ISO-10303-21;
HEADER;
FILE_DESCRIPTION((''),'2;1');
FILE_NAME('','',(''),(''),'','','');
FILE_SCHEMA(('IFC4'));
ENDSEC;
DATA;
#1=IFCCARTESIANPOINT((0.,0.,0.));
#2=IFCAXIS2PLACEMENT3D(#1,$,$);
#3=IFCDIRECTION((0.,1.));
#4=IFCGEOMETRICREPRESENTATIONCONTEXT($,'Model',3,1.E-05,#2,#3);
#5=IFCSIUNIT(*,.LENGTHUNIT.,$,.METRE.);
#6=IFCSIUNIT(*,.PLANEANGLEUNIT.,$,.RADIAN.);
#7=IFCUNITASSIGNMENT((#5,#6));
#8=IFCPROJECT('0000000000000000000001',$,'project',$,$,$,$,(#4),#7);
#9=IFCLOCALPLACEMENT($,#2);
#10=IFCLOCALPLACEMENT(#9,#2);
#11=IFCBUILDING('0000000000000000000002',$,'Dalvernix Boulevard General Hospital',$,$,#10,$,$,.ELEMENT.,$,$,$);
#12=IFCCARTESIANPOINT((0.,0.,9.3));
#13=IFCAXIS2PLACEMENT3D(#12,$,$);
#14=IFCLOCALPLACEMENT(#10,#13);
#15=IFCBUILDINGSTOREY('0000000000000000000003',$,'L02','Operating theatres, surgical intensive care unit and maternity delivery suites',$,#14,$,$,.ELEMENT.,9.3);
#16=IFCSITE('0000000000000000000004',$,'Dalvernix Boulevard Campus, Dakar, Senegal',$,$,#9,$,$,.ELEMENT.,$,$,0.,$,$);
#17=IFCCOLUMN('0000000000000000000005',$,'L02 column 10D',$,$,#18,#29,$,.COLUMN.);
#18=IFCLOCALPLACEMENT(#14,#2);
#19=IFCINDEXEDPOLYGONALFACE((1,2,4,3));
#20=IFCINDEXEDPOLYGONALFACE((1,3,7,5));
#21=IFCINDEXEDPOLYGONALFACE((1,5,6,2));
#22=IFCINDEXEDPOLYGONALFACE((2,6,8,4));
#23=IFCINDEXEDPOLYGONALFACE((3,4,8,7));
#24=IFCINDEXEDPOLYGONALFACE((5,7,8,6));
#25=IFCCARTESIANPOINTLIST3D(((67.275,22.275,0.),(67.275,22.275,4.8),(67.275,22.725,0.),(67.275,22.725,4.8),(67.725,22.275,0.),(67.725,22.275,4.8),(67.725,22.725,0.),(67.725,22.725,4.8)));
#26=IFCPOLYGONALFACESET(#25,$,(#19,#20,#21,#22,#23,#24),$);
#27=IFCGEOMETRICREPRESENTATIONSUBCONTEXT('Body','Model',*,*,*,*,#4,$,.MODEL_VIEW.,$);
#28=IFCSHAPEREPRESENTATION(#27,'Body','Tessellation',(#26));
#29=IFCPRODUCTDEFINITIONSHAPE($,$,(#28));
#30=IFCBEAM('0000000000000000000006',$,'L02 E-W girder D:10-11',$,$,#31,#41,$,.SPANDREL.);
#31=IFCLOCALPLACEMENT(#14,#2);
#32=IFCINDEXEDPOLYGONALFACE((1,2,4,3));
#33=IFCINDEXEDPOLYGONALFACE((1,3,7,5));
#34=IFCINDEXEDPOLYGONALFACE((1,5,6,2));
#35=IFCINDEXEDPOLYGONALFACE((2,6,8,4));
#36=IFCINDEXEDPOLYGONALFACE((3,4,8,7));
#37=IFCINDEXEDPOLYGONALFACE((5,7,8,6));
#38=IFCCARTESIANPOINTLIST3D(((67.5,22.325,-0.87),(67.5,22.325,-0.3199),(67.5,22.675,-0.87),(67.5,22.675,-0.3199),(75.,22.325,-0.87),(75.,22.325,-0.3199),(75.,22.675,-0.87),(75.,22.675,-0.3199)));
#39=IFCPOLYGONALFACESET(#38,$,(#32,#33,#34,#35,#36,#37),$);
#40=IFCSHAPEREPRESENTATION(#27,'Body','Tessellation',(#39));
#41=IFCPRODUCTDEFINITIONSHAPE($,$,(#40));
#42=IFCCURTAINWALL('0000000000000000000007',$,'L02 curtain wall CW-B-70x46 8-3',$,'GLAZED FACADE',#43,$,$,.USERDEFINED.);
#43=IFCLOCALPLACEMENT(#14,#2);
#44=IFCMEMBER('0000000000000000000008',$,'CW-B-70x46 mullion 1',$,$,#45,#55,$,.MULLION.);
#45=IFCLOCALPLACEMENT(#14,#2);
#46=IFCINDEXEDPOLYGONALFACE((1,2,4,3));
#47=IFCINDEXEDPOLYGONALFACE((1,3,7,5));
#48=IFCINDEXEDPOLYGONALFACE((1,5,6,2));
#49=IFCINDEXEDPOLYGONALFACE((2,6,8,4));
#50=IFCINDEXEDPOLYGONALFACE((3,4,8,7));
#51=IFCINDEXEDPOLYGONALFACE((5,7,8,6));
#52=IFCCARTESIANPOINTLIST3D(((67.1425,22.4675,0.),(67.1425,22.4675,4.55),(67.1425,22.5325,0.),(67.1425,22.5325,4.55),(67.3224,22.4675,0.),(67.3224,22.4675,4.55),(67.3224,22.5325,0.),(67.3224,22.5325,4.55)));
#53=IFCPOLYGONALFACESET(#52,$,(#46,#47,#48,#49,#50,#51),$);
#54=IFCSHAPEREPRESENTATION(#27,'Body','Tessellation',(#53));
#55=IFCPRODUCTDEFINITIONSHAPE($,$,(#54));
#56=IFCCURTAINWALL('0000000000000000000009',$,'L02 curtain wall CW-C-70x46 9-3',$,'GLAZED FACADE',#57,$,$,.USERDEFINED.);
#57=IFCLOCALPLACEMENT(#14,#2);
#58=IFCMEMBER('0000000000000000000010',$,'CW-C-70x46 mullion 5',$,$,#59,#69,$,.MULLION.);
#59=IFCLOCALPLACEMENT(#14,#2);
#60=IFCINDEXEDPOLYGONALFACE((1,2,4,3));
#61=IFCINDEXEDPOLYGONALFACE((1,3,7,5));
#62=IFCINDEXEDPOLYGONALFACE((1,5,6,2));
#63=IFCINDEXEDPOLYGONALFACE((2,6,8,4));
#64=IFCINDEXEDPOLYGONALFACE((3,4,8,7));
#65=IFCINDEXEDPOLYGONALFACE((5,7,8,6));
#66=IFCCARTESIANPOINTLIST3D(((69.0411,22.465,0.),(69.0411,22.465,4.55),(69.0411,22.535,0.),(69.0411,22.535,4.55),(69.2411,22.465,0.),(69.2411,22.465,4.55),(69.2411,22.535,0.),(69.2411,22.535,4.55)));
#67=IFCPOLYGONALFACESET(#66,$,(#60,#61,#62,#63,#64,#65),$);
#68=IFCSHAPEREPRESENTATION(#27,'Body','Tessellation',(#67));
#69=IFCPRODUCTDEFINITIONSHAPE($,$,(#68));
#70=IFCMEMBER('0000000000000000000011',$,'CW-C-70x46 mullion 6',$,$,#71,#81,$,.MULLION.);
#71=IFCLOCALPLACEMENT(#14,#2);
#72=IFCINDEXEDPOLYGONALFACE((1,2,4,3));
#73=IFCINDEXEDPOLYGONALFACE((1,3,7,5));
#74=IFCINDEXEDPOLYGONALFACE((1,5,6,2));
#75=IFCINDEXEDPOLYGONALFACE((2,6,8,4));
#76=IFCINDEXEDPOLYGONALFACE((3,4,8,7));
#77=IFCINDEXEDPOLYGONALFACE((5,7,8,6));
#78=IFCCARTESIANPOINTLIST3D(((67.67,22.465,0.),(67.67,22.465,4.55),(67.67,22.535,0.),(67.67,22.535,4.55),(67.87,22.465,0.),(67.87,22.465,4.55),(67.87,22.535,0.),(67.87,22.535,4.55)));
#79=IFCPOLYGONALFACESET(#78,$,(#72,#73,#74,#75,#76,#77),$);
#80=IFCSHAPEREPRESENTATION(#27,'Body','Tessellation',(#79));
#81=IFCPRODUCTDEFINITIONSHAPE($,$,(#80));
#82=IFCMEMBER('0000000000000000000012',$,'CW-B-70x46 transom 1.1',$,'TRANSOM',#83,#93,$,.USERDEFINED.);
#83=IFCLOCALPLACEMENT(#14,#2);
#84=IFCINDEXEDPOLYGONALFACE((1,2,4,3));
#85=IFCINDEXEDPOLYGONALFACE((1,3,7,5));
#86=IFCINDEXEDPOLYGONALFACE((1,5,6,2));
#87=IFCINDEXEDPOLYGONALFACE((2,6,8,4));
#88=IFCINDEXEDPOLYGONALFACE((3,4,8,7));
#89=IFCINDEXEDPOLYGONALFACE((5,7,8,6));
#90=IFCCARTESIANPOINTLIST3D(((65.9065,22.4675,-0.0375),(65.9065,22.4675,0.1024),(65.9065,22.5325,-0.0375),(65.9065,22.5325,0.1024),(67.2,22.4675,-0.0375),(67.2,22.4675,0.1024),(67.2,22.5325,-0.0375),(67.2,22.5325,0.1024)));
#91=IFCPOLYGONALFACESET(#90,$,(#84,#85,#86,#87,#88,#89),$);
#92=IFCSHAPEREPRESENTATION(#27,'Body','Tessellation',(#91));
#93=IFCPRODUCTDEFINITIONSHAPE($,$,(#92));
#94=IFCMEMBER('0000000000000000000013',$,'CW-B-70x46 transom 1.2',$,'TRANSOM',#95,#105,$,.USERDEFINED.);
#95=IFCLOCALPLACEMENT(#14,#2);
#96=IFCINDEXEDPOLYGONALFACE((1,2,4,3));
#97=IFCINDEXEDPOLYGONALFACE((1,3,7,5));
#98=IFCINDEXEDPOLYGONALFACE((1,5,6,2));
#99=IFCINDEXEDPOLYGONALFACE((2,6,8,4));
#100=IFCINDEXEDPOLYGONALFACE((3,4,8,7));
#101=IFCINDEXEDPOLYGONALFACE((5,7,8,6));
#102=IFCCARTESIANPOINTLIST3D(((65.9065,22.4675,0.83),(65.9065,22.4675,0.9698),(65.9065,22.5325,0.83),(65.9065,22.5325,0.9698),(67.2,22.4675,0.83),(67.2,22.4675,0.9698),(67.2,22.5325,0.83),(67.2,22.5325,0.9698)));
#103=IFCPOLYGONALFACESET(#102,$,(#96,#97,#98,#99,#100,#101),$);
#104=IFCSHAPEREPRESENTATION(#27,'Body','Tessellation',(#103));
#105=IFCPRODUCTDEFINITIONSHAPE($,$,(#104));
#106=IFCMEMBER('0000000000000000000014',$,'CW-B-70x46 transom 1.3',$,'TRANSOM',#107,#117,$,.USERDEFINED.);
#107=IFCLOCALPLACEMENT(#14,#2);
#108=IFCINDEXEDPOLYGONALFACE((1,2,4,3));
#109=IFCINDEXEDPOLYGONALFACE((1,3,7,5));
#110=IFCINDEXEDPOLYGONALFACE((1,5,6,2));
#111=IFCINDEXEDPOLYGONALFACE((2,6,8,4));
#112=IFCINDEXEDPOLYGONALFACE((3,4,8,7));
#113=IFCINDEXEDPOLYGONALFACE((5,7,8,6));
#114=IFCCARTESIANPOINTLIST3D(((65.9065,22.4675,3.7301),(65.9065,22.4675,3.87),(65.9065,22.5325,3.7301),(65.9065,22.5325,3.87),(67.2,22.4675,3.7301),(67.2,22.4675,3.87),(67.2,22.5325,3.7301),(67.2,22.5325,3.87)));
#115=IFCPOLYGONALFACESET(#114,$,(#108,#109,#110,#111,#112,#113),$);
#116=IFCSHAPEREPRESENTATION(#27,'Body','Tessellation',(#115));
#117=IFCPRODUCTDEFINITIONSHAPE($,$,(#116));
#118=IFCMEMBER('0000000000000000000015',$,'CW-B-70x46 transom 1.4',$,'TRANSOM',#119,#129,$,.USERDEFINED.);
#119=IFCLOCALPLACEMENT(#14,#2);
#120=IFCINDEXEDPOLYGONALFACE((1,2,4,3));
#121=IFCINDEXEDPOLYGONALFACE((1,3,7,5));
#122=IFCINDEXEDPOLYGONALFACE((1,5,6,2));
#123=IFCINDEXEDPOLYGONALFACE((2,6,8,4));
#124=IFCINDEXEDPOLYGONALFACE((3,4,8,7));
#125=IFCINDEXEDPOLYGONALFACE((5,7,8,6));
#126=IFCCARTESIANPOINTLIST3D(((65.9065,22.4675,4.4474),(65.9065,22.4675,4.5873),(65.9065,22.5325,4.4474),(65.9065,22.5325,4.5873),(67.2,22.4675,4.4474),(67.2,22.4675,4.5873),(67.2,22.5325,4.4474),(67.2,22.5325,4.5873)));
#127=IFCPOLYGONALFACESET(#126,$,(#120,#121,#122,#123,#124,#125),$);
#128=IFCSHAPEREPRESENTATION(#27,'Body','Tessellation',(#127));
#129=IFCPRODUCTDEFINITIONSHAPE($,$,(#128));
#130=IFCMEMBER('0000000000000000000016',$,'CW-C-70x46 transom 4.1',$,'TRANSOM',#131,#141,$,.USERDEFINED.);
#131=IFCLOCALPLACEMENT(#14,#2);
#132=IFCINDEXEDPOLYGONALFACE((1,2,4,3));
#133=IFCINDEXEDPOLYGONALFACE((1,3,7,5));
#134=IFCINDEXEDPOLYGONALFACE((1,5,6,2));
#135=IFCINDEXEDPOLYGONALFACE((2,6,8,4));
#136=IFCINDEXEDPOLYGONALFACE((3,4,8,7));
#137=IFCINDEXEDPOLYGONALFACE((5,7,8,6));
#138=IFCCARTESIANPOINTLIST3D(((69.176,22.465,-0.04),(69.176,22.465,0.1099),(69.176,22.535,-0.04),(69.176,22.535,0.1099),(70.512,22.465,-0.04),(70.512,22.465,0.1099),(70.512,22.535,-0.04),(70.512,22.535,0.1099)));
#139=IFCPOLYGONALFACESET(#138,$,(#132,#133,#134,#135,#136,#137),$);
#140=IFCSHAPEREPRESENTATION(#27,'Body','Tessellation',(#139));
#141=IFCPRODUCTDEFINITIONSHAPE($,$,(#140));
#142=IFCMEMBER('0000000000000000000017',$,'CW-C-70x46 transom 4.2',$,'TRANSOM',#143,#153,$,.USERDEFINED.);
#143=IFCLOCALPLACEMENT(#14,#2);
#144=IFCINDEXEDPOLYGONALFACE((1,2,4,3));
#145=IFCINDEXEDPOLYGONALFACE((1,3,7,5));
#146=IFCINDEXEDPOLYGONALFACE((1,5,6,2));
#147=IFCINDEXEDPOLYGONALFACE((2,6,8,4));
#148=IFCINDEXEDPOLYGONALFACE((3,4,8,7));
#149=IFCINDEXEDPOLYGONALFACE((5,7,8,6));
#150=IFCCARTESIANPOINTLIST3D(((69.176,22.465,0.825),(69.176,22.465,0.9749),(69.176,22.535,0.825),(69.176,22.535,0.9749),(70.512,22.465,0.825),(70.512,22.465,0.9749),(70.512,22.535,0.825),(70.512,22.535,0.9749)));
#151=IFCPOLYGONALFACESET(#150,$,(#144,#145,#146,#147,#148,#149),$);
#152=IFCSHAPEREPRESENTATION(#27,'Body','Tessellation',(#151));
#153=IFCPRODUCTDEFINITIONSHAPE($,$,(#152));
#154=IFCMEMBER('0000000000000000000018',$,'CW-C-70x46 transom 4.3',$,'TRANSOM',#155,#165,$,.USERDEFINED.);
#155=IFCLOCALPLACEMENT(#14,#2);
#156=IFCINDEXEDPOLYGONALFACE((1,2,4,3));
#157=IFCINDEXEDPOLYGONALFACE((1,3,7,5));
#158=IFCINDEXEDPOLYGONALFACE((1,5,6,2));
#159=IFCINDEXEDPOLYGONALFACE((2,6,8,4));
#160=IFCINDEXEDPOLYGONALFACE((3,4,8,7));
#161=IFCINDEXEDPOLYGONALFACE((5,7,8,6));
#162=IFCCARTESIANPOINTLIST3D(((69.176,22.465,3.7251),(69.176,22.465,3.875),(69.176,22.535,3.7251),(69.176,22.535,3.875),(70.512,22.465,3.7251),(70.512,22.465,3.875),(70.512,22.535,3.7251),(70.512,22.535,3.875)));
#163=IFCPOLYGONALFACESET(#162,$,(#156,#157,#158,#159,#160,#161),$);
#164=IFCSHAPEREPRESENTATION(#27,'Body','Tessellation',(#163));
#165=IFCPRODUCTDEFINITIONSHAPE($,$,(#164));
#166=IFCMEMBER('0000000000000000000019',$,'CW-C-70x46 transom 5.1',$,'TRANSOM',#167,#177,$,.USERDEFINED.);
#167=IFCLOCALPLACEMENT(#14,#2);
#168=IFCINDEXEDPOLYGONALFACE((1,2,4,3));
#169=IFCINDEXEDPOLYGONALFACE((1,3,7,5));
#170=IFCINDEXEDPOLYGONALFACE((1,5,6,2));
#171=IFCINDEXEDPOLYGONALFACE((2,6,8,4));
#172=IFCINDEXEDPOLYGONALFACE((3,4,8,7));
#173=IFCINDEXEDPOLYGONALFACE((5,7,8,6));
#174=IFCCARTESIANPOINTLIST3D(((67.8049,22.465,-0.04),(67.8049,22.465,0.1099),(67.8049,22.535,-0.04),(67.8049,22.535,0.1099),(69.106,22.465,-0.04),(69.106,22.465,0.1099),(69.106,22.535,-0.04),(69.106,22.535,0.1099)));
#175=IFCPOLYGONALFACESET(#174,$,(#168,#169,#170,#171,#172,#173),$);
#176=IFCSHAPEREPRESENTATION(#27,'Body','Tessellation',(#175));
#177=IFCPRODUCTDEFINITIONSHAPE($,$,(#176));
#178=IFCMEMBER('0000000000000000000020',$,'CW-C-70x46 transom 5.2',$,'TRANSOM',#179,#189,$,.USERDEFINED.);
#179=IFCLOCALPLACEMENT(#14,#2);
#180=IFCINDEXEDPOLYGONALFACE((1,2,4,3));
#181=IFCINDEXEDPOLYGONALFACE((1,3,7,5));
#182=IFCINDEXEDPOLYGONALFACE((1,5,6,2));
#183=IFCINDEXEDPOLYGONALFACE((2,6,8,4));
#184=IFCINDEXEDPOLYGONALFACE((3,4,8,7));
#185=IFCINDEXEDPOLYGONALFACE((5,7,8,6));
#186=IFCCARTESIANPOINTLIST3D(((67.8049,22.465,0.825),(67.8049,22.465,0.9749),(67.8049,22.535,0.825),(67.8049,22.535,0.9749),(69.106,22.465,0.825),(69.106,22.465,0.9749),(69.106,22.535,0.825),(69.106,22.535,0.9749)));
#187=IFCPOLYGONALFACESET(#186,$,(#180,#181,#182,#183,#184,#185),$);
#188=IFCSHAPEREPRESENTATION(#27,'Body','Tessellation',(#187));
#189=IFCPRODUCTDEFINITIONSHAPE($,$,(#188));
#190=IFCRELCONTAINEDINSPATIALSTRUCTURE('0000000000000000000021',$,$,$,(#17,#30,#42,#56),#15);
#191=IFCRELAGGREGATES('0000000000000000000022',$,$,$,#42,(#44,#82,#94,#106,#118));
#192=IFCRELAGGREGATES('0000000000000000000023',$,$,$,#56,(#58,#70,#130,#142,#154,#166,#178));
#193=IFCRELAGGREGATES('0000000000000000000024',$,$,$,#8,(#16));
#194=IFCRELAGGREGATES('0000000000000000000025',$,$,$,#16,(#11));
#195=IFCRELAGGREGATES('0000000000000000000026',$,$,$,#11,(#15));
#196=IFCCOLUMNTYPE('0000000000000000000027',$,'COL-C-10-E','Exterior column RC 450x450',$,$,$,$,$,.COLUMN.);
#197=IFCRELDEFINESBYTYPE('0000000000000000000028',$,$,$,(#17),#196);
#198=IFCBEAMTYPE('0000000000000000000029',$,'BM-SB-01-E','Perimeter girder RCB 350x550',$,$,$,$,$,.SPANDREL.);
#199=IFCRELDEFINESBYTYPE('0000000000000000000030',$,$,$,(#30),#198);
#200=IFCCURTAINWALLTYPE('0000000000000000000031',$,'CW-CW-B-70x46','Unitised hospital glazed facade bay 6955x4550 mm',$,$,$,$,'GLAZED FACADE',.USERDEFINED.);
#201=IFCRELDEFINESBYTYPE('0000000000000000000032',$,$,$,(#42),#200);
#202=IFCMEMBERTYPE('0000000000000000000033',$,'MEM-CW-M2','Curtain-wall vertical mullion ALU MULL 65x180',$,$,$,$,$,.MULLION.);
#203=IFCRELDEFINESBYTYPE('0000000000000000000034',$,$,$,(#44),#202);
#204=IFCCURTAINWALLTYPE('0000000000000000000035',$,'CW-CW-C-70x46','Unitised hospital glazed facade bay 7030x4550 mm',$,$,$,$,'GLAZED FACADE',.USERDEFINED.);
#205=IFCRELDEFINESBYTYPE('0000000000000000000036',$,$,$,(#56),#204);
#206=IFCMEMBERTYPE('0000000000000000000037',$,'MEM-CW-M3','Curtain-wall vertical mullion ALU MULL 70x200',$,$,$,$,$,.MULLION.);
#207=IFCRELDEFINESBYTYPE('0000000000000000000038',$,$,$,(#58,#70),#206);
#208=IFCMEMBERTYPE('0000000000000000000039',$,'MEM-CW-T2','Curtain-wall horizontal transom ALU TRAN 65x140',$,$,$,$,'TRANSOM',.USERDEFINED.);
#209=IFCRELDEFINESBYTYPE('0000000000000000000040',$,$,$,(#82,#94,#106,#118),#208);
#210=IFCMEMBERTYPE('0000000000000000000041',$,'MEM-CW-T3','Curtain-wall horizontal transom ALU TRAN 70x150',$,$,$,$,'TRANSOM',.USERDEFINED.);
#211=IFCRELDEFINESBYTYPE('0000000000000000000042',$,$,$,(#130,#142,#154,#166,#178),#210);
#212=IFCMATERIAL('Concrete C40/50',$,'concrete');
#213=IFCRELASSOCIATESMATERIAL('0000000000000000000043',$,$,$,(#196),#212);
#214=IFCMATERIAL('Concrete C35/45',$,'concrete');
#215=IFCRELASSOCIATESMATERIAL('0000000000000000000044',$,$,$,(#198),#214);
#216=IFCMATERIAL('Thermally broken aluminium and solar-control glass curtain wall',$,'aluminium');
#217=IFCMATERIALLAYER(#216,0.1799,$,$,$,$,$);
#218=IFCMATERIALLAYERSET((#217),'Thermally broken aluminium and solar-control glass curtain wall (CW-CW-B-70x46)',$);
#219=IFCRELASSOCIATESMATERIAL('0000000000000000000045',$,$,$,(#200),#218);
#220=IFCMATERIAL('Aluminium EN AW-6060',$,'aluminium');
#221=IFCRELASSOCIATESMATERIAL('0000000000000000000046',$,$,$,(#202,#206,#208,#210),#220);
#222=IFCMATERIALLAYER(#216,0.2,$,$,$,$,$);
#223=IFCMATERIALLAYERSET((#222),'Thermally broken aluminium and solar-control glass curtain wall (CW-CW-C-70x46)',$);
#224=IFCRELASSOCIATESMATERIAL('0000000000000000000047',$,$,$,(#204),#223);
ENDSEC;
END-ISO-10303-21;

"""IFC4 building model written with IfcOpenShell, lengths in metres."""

from ifc_helpers import new_model, si_unit, direction, frame, origin, origin_2d, place, context, subcontext, project, spatial, rectangle, extrude, material, layer, layer_set, material_profile, profile_set, type_object, element, aggregate, save


model = new_model("IFC4")

# Units and contexts
model_context = context("Model", 3, precision=1e-05, world=origin(), true_north=direction((0.0, 1.0)))
body_context = subcontext(model_context, "Body", "Model", "MODEL_VIEW")
ifc_project = project(units=[si_unit("LENGTHUNIT", "METRE"), si_unit("PLANEANGLEUNIT", "RADIAN")], contexts=[model_context])

# Site, building, storey
site_placement = place(None, origin())
site = spatial("IfcSite", under=ifc_project, at=site_placement, Name="Dalvernix Boulevard Campus, Dakar, Senegal", CompositionType="ELEMENT", RefElevation=0.0)
building_placement = place(site_placement, origin())
building = spatial("IfcBuilding", under=site, at=building_placement, Name="Dalvernix Boulevard General Hospital", CompositionType="ELEMENT")
storey_placement = place(building_placement, frame((0.0, 0.0, 9.3)))
storey = spatial("IfcBuildingStorey", under=building, at=storey_placement, Name="L02", Description="Operating theatres, surgical intensive care unit and maternity delivery suites", CompositionType="ELEMENT", Elevation=9.3)

# Column
ifc_material_1 = material(Name="Concrete C40/50", Category="concrete")
ifc_material_profile_1 = material_profile(ifc_material_1, rectangle(XDim=0.45, YDim=0.45, at=origin_2d()), Name="RC 450x450")
ifc_profile_set_1 = profile_set([ifc_material_profile_1], Name="Concrete C40/50")
column_type = type_object("IfcColumnType", Name="COL-C-10-E", Description="Exterior column RC 450x450", PredefinedType="COLUMN", material=ifc_profile_set_1)
column_placement = place(storey_placement, frame((67.5, 22.5, 0.0), z_axis=(0.0, 0.0, 1.0), x_axis=(1.0, 0.0, 0.0)))
element("IfcColumn", 1, at=column_placement, inside=storey, type_object=column_type, Name="L02 column 10D", PredefinedType="COLUMN", context=body_context, shape_type="SweptSolid", body=[
    extrude(rectangle(XDim=0.45, YDim=0.45, at=origin_2d()), origin(), (0.0, 0.0, 1.0), 4.8),
])

# Beam
ifc_material_2 = material(Name="Concrete C35/45", Category="concrete")
ifc_material_profile_2 = material_profile(ifc_material_2, rectangle(XDim=0.3501, YDim=0.55, at=origin_2d()), Name="RCB 350x550")
ifc_profile_set_2 = profile_set([ifc_material_profile_2], Name="Concrete C35/45")
beam_type = type_object("IfcBeamType", Name="BM-SB-01-E", Description="Perimeter girder RCB 350x550", PredefinedType="SPANDREL", material=ifc_profile_set_2)
beam_placement = place(storey_placement, frame((67.5, 22.5, -0.595), z_axis=(1.0, 0.0, 0.0), x_axis=(0.0, 1.0, 0.0)))
element("IfcBeam", 2, at=beam_placement, inside=storey, type_object=beam_type, Name="L02 E-W girder D:10-11", PredefinedType="SPANDREL", context=body_context, shape_type="SweptSolid", body=[
    extrude(rectangle(XDim=0.3501, YDim=0.55, at=origin_2d()), origin(), (0.0, 0.0, 1.0), 7.5),
])

# Curtain wall, member
ifc_material_3 = material(Name="Thermally broken aluminium and solar-control glass curtain wall", Category="aluminium")
ifc_layer_1 = layer(ifc_material_3, 0.1799)
ifc_layer_set_1 = layer_set([ifc_layer_1], Name="Thermally broken aluminium and solar-control glass curtain wall (CW-CW-B-70x46)")
curtain_wall_type_1 = type_object("IfcCurtainWallType", Name="CW-CW-B-70x46", Description="Unitised hospital glazed facade bay 6955x4550 mm", ElementType="GLAZED FACADE", PredefinedType="USERDEFINED", material=ifc_layer_set_1)
curtain_wall_1_placement = place(storey_placement, origin())
curtain_wall_1 = element("IfcCurtainWall", 3, at=curtain_wall_1_placement, inside=storey, type_object=curtain_wall_type_1, Name="L02 curtain wall CW-B-70x46 8-3", ObjectType="GLAZED FACADE", PredefinedType="USERDEFINED")
ifc_material_4 = material(Name="Aluminium EN AW-6060", Category="aluminium")
ifc_material_profile_3 = material_profile(ifc_material_4, rectangle(XDim=0.0649, YDim=0.1799, at=origin_2d()), Name="ALU MULL 65x180")
ifc_profile_set_3 = profile_set([ifc_material_profile_3], Name="Aluminium EN AW-6060")
member_type_1 = type_object("IfcMemberType", Name="MEM-CW-M2", Description="Curtain-wall vertical mullion ALU MULL 65x180", PredefinedType="MULLION", material=ifc_profile_set_3)
member_1_placement = place(storey_placement, frame((67.2324, 22.5, 0.0), z_axis=(0.0, 0.0, 1.0), x_axis=(0.0, -1.0, 0.0)))
member_1 = element("IfcMember", 4, at=member_1_placement, type_object=member_type_1, Name="CW-B-70x46 mullion 1", PredefinedType="MULLION", context=body_context, shape_type="SweptSolid", body=[
    extrude(rectangle(XDim=0.0649, YDim=0.1799, at=origin_2d()), origin(), (0.0, 0.0, 1.0), 4.55),
])

# Curtain wall, members
ifc_layer_2 = layer(ifc_material_3, 0.2)
ifc_layer_set_2 = layer_set([ifc_layer_2], Name="Thermally broken aluminium and solar-control glass curtain wall (CW-CW-C-70x46)")
curtain_wall_type_2 = type_object("IfcCurtainWallType", Name="CW-CW-C-70x46", Description="Unitised hospital glazed facade bay 7030x4550 mm", ElementType="GLAZED FACADE", PredefinedType="USERDEFINED", material=ifc_layer_set_2)
curtain_wall_2_placement = place(storey_placement, origin())
curtain_wall_2 = element("IfcCurtainWall", 5, at=curtain_wall_2_placement, inside=storey, type_object=curtain_wall_type_2, Name="L02 curtain wall CW-C-70x46 9-3", ObjectType="GLAZED FACADE", PredefinedType="USERDEFINED")
ifc_material_profile_4 = material_profile(ifc_material_4, rectangle(XDim=0.0701, YDim=0.2, at=origin_2d()), Name="ALU MULL 70x200")
ifc_profile_set_4 = profile_set([ifc_material_profile_4], Name="Aluminium EN AW-6060")
member_type_2 = type_object("IfcMemberType", Name="MEM-CW-M3", Description="Curtain-wall vertical mullion ALU MULL 70x200", PredefinedType="MULLION", material=ifc_profile_set_4)
member_2_placement = place(storey_placement, frame((69.1411, 22.5, 0.0), z_axis=(0.0, 0.0, 1.0), x_axis=(0.0, -1.0, 0.0)))
member_2 = element("IfcMember", 6, at=member_2_placement, type_object=member_type_2, Name="CW-C-70x46 mullion 5", PredefinedType="MULLION", context=body_context, shape_type="SweptSolid", body=[
    extrude(rectangle(XDim=0.0701, YDim=0.2, at=origin_2d()), origin(), (0.0, 0.0, 1.0), 4.55),
])
member_3_placement = place(storey_placement, frame((67.77, 22.5, 0.0), z_axis=(0.0, 0.0, 1.0), x_axis=(0.0, -1.0, 0.0)))
member_3 = element("IfcMember", 7, at=member_3_placement, type_object=member_type_2, Name="CW-C-70x46 mullion 6", PredefinedType="MULLION", context=body_context, shape_type="SweptSolid", body=[
    extrude(rectangle(XDim=0.0701, YDim=0.2, at=origin_2d()), origin(), (0.0, 0.0, 1.0), 4.55),
])

# Members
ifc_material_profile_5 = material_profile(ifc_material_4, rectangle(XDim=0.0649, YDim=0.1399, at=origin_2d()), Name="ALU TRAN 65x140")
ifc_profile_set_5 = profile_set([ifc_material_profile_5], Name="Aluminium EN AW-6060")
member_type_3 = type_object("IfcMemberType", Name="MEM-CW-T2", Description="Curtain-wall horizontal transom ALU TRAN 65x140", ElementType="TRANSOM", PredefinedType="USERDEFINED", material=ifc_profile_set_5)
member_4_placement = place(storey_placement, frame((67.2, 22.5, 0.0325), z_axis=(-1.0, 0.0, 0.0), x_axis=(0.0, -1.0, 0.0)))
member_4 = element("IfcMember", 8, at=member_4_placement, type_object=member_type_3, Name="CW-B-70x46 transom 1.1", ObjectType="TRANSOM", PredefinedType="USERDEFINED", context=body_context, shape_type="SweptSolid", body=[
    extrude(rectangle(XDim=0.0649, YDim=0.1399, at=origin_2d()), origin(), (0.0, 0.0, 1.0), 1.2935),
])
member_5_placement = place(storey_placement, frame((67.2, 22.5, 0.8999), z_axis=(-1.0, 0.0, 0.0), x_axis=(0.0, -1.0, 0.0)))
member_5 = element("IfcMember", 9, at=member_5_placement, type_object=member_type_3, Name="CW-B-70x46 transom 1.2", ObjectType="TRANSOM", PredefinedType="USERDEFINED", context=body_context, shape_type="SweptSolid", body=[
    extrude(rectangle(XDim=0.0649, YDim=0.1399, at=origin_2d()), origin(), (0.0, 0.0, 1.0), 1.2935),
])
member_6_placement = place(storey_placement, frame((67.2, 22.5, 3.8), z_axis=(-1.0, 0.0, 0.0), x_axis=(0.0, -1.0, 0.0)))
member_6 = element("IfcMember", 10, at=member_6_placement, type_object=member_type_3, Name="CW-B-70x46 transom 1.3", ObjectType="TRANSOM", PredefinedType="USERDEFINED", context=body_context, shape_type="SweptSolid", body=[
    extrude(rectangle(XDim=0.0649, YDim=0.1399, at=origin_2d()), origin(), (0.0, 0.0, 1.0), 1.2935),
])
member_7_placement = place(storey_placement, frame((67.2, 22.5, 4.5173), z_axis=(-1.0, 0.0, 0.0), x_axis=(0.0, -1.0, 0.0)))
member_7 = element("IfcMember", 11, at=member_7_placement, type_object=member_type_3, Name="CW-B-70x46 transom 1.4", ObjectType="TRANSOM", PredefinedType="USERDEFINED", context=body_context, shape_type="SweptSolid", body=[
    extrude(rectangle(XDim=0.0649, YDim=0.1399, at=origin_2d()), origin(), (0.0, 0.0, 1.0), 1.2935),
])
aggregate(curtain_wall_1, [member_1, member_4, member_5, member_6, member_7])
ifc_material_profile_6 = material_profile(ifc_material_4, rectangle(XDim=0.0701, YDim=0.1499, at=origin_2d()), Name="ALU TRAN 70x150")
ifc_profile_set_6 = profile_set([ifc_material_profile_6], Name="Aluminium EN AW-6060")
member_type_4 = type_object("IfcMemberType", Name="MEM-CW-T3", Description="Curtain-wall horizontal transom ALU TRAN 70x150", ElementType="TRANSOM", PredefinedType="USERDEFINED", material=ifc_profile_set_6)
member_8_placement = place(storey_placement, frame((70.512, 22.5, 0.0349), z_axis=(-1.0, 0.0, 0.0), x_axis=(0.0, -1.0, 0.0)))
member_8 = element("IfcMember", 12, at=member_8_placement, type_object=member_type_4, Name="CW-C-70x46 transom 4.1", ObjectType="TRANSOM", PredefinedType="USERDEFINED", context=body_context, shape_type="SweptSolid", body=[
    extrude(rectangle(XDim=0.0701, YDim=0.1499, at=origin_2d()), origin(), (0.0, 0.0, 1.0), 1.3359),
])
member_9_placement = place(storey_placement, frame((70.512, 22.5, 0.8999), z_axis=(-1.0, 0.0, 0.0), x_axis=(0.0, -1.0, 0.0)))
member_9 = element("IfcMember", 13, at=member_9_placement, type_object=member_type_4, Name="CW-C-70x46 transom 4.2", ObjectType="TRANSOM", PredefinedType="USERDEFINED", context=body_context, shape_type="SweptSolid", body=[
    extrude(rectangle(XDim=0.0701, YDim=0.1499, at=origin_2d()), origin(), (0.0, 0.0, 1.0), 1.3359),
])
member_10_placement = place(storey_placement, frame((70.512, 22.5, 3.8), z_axis=(-1.0, 0.0, 0.0), x_axis=(0.0, -1.0, 0.0)))
member_10 = element("IfcMember", 14, at=member_10_placement, type_object=member_type_4, Name="CW-C-70x46 transom 4.3", ObjectType="TRANSOM", PredefinedType="USERDEFINED", context=body_context, shape_type="SweptSolid", body=[
    extrude(rectangle(XDim=0.0701, YDim=0.1499, at=origin_2d()), origin(), (0.0, 0.0, 1.0), 1.3359),
])
member_11_placement = place(storey_placement, frame((69.106, 22.5, 0.0349), z_axis=(-1.0, 0.0, 0.0), x_axis=(0.0, -1.0, 0.0)))
member_11 = element("IfcMember", 15, at=member_11_placement, type_object=member_type_4, Name="CW-C-70x46 transom 5.1", ObjectType="TRANSOM", PredefinedType="USERDEFINED", context=body_context, shape_type="SweptSolid", body=[
    extrude(rectangle(XDim=0.0701, YDim=0.1499, at=origin_2d()), origin(), (0.0, 0.0, 1.0), 1.301),
])
member_12_placement = place(storey_placement, frame((69.106, 22.5, 0.8999), z_axis=(-1.0, 0.0, 0.0), x_axis=(0.0, -1.0, 0.0)))
member_12 = element("IfcMember", 16, at=member_12_placement, type_object=member_type_4, Name="CW-C-70x46 transom 5.2", ObjectType="TRANSOM", PredefinedType="USERDEFINED", context=body_context, shape_type="SweptSolid", body=[
    extrude(rectangle(XDim=0.0701, YDim=0.1499, at=origin_2d()), origin(), (0.0, 0.0, 1.0), 1.301),
])

aggregate(curtain_wall_2, [member_2, member_3, member_8, member_9, member_10, member_11, member_12])

save(model, "model.ifc")
